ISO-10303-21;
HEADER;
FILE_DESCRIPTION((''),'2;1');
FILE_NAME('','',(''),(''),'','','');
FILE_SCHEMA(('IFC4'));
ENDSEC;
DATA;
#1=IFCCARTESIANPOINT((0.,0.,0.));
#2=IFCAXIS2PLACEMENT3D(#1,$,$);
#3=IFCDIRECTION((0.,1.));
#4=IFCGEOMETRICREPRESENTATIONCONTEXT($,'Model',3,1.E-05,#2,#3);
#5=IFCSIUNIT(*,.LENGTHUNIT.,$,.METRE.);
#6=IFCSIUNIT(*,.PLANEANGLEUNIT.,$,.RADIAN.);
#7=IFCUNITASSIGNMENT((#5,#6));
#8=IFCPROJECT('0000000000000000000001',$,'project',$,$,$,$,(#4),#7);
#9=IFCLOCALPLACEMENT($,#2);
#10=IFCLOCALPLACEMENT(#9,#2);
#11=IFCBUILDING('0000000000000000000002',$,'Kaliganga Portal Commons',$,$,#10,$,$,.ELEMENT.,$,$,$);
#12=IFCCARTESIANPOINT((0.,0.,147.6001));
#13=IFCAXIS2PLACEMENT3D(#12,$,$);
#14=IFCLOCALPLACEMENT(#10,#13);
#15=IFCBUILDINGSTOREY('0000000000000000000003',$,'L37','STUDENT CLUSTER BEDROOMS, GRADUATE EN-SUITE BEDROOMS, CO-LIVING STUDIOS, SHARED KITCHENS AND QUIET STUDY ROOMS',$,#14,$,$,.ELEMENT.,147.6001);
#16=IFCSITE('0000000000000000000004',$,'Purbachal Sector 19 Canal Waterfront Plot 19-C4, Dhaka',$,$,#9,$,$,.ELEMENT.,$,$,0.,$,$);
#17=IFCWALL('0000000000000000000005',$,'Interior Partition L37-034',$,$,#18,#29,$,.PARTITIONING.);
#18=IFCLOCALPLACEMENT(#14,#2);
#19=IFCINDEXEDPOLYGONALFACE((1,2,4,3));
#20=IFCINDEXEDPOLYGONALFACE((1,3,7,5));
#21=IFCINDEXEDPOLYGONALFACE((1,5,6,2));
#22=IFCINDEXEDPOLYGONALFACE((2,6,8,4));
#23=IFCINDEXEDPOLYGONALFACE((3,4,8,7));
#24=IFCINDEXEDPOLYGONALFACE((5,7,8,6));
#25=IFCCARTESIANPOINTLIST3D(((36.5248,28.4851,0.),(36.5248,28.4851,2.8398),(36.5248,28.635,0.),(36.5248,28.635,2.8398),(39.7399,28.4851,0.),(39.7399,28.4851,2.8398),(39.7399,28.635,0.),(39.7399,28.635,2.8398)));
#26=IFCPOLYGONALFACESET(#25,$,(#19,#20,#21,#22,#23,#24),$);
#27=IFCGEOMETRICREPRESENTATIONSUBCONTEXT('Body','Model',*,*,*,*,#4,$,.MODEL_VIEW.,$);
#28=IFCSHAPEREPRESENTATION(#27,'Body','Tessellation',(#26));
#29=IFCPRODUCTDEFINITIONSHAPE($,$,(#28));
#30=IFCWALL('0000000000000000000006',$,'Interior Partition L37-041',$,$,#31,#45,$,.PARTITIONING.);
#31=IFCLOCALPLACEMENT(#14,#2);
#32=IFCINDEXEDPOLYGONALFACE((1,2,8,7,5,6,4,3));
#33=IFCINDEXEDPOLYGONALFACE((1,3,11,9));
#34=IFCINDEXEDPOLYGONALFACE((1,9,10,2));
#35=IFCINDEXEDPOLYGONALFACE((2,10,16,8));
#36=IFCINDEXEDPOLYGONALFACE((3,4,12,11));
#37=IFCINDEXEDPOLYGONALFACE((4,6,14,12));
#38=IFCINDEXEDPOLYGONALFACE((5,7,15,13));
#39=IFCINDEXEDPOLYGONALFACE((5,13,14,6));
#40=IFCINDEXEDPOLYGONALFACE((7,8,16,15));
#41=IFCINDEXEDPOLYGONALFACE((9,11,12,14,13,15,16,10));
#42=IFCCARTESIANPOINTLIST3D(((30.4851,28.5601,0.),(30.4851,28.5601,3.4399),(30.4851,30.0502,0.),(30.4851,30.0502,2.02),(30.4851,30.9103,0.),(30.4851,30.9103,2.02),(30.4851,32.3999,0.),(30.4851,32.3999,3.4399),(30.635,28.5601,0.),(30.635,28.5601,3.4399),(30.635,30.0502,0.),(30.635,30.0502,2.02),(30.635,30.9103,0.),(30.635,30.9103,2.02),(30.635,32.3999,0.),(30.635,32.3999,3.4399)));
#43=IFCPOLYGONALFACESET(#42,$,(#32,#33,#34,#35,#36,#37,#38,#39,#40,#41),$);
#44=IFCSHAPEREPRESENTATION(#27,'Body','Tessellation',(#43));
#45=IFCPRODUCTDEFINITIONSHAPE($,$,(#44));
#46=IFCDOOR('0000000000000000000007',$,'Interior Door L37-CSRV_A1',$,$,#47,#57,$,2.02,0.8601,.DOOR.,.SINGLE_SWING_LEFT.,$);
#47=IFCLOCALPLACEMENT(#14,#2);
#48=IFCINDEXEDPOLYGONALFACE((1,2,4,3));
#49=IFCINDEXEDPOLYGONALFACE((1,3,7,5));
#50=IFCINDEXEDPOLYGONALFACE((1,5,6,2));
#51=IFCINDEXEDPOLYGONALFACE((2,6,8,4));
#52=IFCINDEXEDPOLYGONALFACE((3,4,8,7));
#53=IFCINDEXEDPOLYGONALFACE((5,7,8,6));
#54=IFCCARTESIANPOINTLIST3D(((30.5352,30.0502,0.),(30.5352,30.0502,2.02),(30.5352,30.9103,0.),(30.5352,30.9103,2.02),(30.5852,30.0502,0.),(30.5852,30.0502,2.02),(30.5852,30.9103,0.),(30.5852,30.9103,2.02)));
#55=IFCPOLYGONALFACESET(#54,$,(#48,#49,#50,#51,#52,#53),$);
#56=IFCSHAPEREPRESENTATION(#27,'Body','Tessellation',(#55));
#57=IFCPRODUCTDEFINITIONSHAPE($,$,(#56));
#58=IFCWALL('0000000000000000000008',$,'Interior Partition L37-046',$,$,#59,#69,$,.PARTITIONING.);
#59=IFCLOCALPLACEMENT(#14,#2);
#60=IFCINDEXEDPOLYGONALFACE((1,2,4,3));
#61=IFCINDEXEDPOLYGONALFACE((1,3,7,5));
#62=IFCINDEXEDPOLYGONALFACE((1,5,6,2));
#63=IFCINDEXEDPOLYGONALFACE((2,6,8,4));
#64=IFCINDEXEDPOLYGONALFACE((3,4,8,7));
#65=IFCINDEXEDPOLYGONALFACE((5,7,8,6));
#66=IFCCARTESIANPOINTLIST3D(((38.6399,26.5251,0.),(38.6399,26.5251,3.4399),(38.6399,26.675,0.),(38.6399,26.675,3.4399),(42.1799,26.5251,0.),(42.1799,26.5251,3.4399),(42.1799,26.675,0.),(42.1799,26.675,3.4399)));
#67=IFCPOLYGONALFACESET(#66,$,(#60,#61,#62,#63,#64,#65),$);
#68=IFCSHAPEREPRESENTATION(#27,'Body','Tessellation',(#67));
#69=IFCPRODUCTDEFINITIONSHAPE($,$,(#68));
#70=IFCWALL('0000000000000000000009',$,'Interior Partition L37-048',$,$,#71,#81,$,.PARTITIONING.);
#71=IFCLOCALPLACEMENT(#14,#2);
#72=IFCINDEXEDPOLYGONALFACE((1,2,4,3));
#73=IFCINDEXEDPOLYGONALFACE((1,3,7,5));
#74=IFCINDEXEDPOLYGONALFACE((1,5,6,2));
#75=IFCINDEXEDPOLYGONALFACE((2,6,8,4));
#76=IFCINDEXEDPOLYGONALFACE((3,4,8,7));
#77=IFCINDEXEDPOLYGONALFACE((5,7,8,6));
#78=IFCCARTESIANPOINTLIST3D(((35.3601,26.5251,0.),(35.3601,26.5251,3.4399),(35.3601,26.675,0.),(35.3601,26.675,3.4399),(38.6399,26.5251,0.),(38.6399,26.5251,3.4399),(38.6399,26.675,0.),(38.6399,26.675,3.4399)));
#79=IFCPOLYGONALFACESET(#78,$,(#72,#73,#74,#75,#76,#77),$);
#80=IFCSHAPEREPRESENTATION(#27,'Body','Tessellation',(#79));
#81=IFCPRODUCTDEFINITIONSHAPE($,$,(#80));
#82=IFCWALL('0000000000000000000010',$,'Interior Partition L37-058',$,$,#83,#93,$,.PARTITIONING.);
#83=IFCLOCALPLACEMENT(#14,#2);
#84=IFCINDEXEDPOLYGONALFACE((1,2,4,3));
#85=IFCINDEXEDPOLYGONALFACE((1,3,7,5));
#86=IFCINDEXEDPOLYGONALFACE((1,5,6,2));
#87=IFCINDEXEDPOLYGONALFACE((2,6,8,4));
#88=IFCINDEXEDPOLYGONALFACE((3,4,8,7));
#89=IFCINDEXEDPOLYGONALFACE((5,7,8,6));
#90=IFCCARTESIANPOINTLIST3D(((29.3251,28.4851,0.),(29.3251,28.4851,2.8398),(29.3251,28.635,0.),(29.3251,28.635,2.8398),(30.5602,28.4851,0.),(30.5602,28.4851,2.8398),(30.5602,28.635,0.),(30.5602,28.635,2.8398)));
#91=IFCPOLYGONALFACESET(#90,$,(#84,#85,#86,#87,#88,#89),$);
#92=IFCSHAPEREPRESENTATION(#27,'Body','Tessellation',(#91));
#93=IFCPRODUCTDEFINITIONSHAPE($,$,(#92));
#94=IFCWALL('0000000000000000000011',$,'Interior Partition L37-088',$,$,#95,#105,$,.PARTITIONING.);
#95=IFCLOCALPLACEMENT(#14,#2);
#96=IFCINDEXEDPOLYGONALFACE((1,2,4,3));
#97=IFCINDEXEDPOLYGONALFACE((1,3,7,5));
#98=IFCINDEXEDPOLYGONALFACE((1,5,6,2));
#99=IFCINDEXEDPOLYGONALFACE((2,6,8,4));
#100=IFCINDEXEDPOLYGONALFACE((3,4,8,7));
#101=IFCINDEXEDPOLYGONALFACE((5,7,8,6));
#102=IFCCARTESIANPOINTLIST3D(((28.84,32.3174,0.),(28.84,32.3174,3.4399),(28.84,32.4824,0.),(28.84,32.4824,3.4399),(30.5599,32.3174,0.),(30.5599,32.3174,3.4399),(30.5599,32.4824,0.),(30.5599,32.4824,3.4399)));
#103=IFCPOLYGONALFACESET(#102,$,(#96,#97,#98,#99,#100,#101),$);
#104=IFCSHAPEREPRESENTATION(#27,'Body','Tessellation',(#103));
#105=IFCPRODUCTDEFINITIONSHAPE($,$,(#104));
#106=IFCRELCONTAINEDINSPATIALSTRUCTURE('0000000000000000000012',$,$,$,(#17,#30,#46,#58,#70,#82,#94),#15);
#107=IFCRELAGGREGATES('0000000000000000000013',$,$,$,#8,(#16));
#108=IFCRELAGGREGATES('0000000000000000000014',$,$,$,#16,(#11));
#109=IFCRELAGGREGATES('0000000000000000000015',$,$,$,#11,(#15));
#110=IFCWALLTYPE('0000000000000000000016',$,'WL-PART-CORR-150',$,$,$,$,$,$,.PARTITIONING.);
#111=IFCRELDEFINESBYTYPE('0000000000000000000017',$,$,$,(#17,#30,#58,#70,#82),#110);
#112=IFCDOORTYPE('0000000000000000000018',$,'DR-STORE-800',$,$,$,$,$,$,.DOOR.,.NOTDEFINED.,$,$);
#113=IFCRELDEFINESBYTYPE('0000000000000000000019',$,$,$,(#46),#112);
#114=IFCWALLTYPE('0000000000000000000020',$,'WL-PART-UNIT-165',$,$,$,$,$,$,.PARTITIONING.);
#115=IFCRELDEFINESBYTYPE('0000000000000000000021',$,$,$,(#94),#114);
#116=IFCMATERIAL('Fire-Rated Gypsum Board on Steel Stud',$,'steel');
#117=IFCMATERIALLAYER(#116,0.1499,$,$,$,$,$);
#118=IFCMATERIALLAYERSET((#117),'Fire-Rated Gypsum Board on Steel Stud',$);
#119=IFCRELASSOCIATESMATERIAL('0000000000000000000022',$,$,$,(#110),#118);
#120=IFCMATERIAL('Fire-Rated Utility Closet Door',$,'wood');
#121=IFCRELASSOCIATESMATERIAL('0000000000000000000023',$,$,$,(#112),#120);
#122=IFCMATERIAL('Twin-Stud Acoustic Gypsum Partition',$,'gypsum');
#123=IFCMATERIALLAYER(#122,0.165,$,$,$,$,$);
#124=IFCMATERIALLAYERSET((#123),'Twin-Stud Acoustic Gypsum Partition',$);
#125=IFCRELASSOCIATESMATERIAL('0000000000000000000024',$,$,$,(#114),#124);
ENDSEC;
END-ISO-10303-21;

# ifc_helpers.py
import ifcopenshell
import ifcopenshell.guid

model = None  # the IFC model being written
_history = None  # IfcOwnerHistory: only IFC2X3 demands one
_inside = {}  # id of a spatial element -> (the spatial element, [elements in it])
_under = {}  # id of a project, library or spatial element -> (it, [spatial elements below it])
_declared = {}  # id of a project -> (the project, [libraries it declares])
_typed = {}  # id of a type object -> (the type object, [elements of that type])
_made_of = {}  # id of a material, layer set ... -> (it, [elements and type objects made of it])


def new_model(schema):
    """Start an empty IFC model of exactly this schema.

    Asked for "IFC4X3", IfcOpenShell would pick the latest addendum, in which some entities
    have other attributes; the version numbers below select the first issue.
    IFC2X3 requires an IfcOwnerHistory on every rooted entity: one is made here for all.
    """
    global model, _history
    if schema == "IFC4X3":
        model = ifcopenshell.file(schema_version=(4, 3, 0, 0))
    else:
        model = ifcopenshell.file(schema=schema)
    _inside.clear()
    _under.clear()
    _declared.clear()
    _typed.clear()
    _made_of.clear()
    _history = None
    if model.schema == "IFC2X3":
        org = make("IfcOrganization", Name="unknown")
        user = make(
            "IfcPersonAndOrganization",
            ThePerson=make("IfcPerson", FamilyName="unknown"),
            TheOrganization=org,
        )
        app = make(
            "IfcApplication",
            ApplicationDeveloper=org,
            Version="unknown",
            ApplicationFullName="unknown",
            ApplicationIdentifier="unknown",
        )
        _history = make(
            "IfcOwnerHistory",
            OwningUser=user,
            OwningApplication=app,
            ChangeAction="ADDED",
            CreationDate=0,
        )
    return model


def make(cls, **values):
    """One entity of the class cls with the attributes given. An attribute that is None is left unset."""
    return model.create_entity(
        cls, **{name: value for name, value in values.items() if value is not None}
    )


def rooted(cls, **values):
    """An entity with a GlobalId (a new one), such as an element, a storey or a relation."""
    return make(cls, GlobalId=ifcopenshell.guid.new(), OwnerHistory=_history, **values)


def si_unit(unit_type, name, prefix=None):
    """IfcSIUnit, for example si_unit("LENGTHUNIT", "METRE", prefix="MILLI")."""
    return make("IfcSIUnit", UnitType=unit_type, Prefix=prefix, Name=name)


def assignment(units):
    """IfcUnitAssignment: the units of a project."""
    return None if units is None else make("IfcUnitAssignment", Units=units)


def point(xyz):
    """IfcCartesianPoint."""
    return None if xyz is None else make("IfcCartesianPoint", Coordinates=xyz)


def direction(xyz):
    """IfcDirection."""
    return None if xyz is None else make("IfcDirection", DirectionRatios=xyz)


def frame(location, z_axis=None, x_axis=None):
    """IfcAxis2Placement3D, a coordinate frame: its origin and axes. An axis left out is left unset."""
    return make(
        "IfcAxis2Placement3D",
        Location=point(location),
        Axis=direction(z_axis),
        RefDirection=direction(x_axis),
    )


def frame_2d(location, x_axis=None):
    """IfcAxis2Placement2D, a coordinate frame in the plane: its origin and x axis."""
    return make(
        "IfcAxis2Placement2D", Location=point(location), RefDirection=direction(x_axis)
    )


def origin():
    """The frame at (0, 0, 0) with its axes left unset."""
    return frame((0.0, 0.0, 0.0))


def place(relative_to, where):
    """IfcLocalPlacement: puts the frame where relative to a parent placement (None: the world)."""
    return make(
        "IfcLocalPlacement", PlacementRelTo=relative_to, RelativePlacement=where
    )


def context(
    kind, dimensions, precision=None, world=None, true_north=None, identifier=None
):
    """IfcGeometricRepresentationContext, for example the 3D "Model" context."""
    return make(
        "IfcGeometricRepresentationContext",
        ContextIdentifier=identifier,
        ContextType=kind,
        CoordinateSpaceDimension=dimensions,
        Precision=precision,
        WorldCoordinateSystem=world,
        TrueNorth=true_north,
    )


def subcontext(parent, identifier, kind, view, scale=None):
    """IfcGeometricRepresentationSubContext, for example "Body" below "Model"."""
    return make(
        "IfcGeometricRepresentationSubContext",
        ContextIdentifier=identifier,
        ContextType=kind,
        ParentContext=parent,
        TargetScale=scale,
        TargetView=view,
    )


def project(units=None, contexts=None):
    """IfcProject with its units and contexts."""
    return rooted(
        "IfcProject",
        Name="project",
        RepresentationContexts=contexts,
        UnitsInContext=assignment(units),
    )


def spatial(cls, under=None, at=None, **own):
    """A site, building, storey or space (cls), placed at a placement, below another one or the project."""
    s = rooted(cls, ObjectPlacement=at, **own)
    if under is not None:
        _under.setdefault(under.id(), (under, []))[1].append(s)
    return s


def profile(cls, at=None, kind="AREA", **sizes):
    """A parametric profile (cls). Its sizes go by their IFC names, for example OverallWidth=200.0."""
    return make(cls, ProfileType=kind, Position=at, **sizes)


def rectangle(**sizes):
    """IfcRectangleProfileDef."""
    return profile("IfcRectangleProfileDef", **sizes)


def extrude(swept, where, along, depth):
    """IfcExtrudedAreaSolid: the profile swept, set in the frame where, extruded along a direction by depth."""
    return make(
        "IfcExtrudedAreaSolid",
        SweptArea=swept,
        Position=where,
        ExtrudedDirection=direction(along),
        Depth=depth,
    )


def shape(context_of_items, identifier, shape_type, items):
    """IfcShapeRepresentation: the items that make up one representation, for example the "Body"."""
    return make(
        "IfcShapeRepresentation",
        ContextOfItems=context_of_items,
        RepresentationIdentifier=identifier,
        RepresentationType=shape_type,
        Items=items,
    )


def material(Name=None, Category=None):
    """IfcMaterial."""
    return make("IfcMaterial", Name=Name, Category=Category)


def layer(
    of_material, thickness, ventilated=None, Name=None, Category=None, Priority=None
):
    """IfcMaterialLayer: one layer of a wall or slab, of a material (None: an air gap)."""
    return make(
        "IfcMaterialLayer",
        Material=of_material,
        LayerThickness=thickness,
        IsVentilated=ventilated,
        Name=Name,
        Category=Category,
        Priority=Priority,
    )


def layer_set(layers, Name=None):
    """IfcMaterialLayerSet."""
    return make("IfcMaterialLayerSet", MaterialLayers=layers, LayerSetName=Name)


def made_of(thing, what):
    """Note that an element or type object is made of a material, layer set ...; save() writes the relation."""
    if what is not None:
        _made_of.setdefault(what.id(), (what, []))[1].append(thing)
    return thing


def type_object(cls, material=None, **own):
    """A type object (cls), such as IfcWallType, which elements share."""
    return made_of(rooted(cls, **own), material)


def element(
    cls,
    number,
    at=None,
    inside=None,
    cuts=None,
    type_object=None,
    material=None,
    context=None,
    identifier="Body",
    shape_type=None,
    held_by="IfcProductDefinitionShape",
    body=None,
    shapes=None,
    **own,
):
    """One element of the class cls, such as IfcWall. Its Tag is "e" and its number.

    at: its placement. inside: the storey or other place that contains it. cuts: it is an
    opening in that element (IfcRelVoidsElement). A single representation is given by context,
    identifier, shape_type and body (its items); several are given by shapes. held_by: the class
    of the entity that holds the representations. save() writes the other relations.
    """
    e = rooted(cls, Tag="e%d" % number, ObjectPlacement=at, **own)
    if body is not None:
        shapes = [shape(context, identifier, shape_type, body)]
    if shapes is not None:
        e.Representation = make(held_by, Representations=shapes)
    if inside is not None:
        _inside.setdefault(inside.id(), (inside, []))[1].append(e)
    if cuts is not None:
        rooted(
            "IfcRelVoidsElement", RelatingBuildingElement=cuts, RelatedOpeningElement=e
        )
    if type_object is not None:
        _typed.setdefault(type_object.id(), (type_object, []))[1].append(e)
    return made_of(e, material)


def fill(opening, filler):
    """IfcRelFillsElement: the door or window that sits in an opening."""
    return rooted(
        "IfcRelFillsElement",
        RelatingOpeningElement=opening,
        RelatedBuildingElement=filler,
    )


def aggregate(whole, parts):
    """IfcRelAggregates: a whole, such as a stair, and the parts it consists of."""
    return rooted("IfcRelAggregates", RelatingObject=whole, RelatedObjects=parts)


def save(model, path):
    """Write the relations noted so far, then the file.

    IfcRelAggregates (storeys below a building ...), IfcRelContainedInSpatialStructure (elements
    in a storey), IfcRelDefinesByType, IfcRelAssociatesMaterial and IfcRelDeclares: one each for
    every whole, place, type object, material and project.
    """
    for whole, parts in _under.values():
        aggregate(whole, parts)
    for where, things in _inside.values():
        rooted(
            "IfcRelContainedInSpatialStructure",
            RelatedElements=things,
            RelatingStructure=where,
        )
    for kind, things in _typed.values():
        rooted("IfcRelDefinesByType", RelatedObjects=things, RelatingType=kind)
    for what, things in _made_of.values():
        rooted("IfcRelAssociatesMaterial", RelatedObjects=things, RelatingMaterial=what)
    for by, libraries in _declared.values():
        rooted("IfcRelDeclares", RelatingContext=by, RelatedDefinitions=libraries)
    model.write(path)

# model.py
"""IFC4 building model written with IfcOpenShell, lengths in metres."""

from ifc_helpers import new_model, si_unit, direction, frame, frame_2d, origin, place, context, subcontext, project, spatial, rectangle, extrude, material, layer, layer_set, type_object, element, fill, save


model = new_model("IFC4")

# Units and contexts
model_context = context("Model", 3, precision=1e-05, world=origin(), true_north=direction((0.0, 1.0)))
body_context = subcontext(model_context, "Body", "Model", "MODEL_VIEW")
ifc_project = project(units=[si_unit("LENGTHUNIT", "METRE"), si_unit("PLANEANGLEUNIT", "RADIAN")], contexts=[model_context])

# Site, building, storey
site_placement = place(None, origin())
site = spatial("IfcSite", under=ifc_project, at=site_placement, Name="Purbachal Sector 19 Canal Waterfront Plot 19-C4, Dhaka", CompositionType="ELEMENT", RefElevation=0.0)
building_placement = place(site_placement, origin())
building = spatial("IfcBuilding", under=site, at=building_placement, Name="Kaliganga Portal Commons", CompositionType="ELEMENT")
storey_placement = place(building_placement, frame((0.0, 0.0, 147.6001)))
storey = spatial("IfcBuildingStorey", under=building, at=storey_placement, Name="L37", Description="STUDENT CLUSTER BEDROOMS, GRADUATE EN-SUITE BEDROOMS, CO-LIVING STUDIOS, SHARED KITCHENS AND QUIET STUDY ROOMS", CompositionType="ELEMENT", Elevation=147.6001)

# Shared definitions
ifc_material_1 = material(Name="Fire-Rated Gypsum Board on Steel Stud", Category="steel")
ifc_layer_1 = layer(ifc_material_1, 0.1499)
ifc_layer_set_1 = layer_set([ifc_layer_1], Name="Fire-Rated Gypsum Board on Steel Stud")
wall_type_1 = type_object("IfcWallType", Name="WL-PART-CORR-150", PredefinedType="PARTITIONING", material=ifc_layer_set_1)

# Wall
wall_1_placement = place(storey_placement, frame((36.5249, 28.5601, 0.0), z_axis=(0.0, 0.0, 1.0), x_axis=(1.0, 0.0, 0.0)))
element("IfcWall", 1, at=wall_1_placement, inside=storey, type_object=wall_type_1, Name="Interior Partition L37-034", PredefinedType="PARTITIONING", context=body_context, shape_type="SweptSolid", body=[
    extrude(rectangle(XDim=3.2151, YDim=0.1499, at=frame_2d((1.6074, 0.0))), origin(), (0.0, 0.0, 1.0), 2.8398),
])

# Wall, opening, door
wall_2_placement = place(storey_placement, frame((30.5601, 28.5601, 0.0), z_axis=(0.0, 0.0, 1.0), x_axis=(0.0, 1.0, 0.0)))
wall_2 = element("IfcWall", 2, at=wall_2_placement, inside=storey, type_object=wall_type_1, Name="Interior Partition L37-041", PredefinedType="PARTITIONING", context=body_context, shape_type="SweptSolid", body=[
    extrude(rectangle(XDim=3.8398, YDim=0.1499, at=frame_2d((1.9199, 0.0))), origin(), (0.0, 0.0, 1.0), 3.4399),
])
opening_1_placement = place(wall_2_placement, frame((1.49, 0.0, 0.0)))
opening_1 = element("IfcOpeningElement", 3, at=opening_1_placement, cuts=wall_2, PredefinedType="OPENING", context=body_context, shape_type="SweptSolid", body=[
    extrude(rectangle(XDim=0.8601, YDim=2.02, at=frame_2d((0.4302, 1.01))), frame((0.0, 0.085, 0.0), z_axis=(0.0, -1.0, 0.0), x_axis=(1.0, 0.0, 0.0)), (0.0, 0.0, 1.0), 0.1699),
])
ifc_material_2 = material(Name="Fire-Rated Utility Closet Door", Category="wood")
door_type_1 = type_object("IfcDoorType", Name="DR-STORE-800", OperationType="NOTDEFINED", PredefinedType="DOOR", material=ifc_material_2)
door_1_placement = place(opening_1_placement, origin())
door_1 = element("IfcDoor", 4, at=door_1_placement, inside=storey, type_object=door_type_1, Name="Interior Door L37-CSRV_A1", OperationType="SINGLE_SWING_LEFT", OverallHeight=2.02, OverallWidth=0.8601, PredefinedType="DOOR", context=body_context, shape_type="SweptSolid", body=[
    extrude(rectangle(XDim=0.8601, YDim=2.02, at=frame_2d((0.4302, 1.01))), frame((0.0, 0.0249, 0.0), z_axis=(0.0, -1.0, 0.0), x_axis=(1.0, 0.0, 0.0)), (0.0, 0.0, 1.0), 0.05),
])
fill(opening_1, door_1)

# Walls
wall_3_placement = place(storey_placement, frame((38.6399, 26.6001, 0.0), z_axis=(0.0, 0.0, 1.0), x_axis=(1.0, 0.0, 0.0)))
element("IfcWall", 5, at=wall_3_placement, inside=storey, type_object=wall_type_1, Name="Interior Partition L37-046", PredefinedType="PARTITIONING", context=body_context, shape_type="SweptSolid", body=[
    extrude(rectangle(XDim=3.54, YDim=0.1499, at=frame_2d((1.77, 0.0))), origin(), (0.0, 0.0, 1.0), 3.4399),
])
wall_4_placement = place(storey_placement, frame((35.3601, 26.6001, 0.0), z_axis=(0.0, 0.0, 1.0), x_axis=(1.0, 0.0, 0.0)))
element("IfcWall", 6, at=wall_4_placement, inside=storey, type_object=wall_type_1, Name="Interior Partition L37-048", PredefinedType="PARTITIONING", context=body_context, shape_type="SweptSolid", body=[
    extrude(rectangle(XDim=3.2798, YDim=0.1499, at=frame_2d((1.6399, 0.0))), origin(), (0.0, 0.0, 1.0), 3.4399),
])
wall_5_placement = place(storey_placement, frame((29.325, 28.5601, 0.0), z_axis=(0.0, 0.0, 1.0), x_axis=(1.0, 0.0, 0.0)))
element("IfcWall", 7, at=wall_5_placement, inside=storey, type_object=wall_type_1, Name="Interior Partition L37-058", PredefinedType="PARTITIONING", context=body_context, shape_type="SweptSolid", body=[
    extrude(rectangle(XDim=1.2351, YDim=0.1499, at=frame_2d((0.6177, 0.0))), origin(), (0.0, 0.0, 1.0), 2.8398),
])
ifc_material_3 = material(Name="Twin-Stud Acoustic Gypsum Partition", Category="gypsum")
ifc_layer_2 = layer(ifc_material_3, 0.165)
ifc_layer_set_2 = layer_set([ifc_layer_2], Name="Twin-Stud Acoustic Gypsum Partition")
wall_type_2 = type_object("IfcWallType", Name="WL-PART-UNIT-165", PredefinedType="PARTITIONING", material=ifc_layer_set_2)
wall_6_placement = place(storey_placement, frame((28.8401, 32.3999, 0.0), z_axis=(0.0, 0.0, 1.0), x_axis=(1.0, 0.0, 0.0)))
element("IfcWall", 8, at=wall_6_placement, inside=storey, type_object=wall_type_2, Name="Interior Partition L37-088", PredefinedType="PARTITIONING", context=body_context, shape_type="SweptSolid", body=[
    extrude(rectangle(XDim=1.72, YDim=0.165, at=frame_2d((0.8599, 0.0))), origin(), (0.0, 0.0, 1.0), 3.4399),
])

save(model, "model.ifc")
